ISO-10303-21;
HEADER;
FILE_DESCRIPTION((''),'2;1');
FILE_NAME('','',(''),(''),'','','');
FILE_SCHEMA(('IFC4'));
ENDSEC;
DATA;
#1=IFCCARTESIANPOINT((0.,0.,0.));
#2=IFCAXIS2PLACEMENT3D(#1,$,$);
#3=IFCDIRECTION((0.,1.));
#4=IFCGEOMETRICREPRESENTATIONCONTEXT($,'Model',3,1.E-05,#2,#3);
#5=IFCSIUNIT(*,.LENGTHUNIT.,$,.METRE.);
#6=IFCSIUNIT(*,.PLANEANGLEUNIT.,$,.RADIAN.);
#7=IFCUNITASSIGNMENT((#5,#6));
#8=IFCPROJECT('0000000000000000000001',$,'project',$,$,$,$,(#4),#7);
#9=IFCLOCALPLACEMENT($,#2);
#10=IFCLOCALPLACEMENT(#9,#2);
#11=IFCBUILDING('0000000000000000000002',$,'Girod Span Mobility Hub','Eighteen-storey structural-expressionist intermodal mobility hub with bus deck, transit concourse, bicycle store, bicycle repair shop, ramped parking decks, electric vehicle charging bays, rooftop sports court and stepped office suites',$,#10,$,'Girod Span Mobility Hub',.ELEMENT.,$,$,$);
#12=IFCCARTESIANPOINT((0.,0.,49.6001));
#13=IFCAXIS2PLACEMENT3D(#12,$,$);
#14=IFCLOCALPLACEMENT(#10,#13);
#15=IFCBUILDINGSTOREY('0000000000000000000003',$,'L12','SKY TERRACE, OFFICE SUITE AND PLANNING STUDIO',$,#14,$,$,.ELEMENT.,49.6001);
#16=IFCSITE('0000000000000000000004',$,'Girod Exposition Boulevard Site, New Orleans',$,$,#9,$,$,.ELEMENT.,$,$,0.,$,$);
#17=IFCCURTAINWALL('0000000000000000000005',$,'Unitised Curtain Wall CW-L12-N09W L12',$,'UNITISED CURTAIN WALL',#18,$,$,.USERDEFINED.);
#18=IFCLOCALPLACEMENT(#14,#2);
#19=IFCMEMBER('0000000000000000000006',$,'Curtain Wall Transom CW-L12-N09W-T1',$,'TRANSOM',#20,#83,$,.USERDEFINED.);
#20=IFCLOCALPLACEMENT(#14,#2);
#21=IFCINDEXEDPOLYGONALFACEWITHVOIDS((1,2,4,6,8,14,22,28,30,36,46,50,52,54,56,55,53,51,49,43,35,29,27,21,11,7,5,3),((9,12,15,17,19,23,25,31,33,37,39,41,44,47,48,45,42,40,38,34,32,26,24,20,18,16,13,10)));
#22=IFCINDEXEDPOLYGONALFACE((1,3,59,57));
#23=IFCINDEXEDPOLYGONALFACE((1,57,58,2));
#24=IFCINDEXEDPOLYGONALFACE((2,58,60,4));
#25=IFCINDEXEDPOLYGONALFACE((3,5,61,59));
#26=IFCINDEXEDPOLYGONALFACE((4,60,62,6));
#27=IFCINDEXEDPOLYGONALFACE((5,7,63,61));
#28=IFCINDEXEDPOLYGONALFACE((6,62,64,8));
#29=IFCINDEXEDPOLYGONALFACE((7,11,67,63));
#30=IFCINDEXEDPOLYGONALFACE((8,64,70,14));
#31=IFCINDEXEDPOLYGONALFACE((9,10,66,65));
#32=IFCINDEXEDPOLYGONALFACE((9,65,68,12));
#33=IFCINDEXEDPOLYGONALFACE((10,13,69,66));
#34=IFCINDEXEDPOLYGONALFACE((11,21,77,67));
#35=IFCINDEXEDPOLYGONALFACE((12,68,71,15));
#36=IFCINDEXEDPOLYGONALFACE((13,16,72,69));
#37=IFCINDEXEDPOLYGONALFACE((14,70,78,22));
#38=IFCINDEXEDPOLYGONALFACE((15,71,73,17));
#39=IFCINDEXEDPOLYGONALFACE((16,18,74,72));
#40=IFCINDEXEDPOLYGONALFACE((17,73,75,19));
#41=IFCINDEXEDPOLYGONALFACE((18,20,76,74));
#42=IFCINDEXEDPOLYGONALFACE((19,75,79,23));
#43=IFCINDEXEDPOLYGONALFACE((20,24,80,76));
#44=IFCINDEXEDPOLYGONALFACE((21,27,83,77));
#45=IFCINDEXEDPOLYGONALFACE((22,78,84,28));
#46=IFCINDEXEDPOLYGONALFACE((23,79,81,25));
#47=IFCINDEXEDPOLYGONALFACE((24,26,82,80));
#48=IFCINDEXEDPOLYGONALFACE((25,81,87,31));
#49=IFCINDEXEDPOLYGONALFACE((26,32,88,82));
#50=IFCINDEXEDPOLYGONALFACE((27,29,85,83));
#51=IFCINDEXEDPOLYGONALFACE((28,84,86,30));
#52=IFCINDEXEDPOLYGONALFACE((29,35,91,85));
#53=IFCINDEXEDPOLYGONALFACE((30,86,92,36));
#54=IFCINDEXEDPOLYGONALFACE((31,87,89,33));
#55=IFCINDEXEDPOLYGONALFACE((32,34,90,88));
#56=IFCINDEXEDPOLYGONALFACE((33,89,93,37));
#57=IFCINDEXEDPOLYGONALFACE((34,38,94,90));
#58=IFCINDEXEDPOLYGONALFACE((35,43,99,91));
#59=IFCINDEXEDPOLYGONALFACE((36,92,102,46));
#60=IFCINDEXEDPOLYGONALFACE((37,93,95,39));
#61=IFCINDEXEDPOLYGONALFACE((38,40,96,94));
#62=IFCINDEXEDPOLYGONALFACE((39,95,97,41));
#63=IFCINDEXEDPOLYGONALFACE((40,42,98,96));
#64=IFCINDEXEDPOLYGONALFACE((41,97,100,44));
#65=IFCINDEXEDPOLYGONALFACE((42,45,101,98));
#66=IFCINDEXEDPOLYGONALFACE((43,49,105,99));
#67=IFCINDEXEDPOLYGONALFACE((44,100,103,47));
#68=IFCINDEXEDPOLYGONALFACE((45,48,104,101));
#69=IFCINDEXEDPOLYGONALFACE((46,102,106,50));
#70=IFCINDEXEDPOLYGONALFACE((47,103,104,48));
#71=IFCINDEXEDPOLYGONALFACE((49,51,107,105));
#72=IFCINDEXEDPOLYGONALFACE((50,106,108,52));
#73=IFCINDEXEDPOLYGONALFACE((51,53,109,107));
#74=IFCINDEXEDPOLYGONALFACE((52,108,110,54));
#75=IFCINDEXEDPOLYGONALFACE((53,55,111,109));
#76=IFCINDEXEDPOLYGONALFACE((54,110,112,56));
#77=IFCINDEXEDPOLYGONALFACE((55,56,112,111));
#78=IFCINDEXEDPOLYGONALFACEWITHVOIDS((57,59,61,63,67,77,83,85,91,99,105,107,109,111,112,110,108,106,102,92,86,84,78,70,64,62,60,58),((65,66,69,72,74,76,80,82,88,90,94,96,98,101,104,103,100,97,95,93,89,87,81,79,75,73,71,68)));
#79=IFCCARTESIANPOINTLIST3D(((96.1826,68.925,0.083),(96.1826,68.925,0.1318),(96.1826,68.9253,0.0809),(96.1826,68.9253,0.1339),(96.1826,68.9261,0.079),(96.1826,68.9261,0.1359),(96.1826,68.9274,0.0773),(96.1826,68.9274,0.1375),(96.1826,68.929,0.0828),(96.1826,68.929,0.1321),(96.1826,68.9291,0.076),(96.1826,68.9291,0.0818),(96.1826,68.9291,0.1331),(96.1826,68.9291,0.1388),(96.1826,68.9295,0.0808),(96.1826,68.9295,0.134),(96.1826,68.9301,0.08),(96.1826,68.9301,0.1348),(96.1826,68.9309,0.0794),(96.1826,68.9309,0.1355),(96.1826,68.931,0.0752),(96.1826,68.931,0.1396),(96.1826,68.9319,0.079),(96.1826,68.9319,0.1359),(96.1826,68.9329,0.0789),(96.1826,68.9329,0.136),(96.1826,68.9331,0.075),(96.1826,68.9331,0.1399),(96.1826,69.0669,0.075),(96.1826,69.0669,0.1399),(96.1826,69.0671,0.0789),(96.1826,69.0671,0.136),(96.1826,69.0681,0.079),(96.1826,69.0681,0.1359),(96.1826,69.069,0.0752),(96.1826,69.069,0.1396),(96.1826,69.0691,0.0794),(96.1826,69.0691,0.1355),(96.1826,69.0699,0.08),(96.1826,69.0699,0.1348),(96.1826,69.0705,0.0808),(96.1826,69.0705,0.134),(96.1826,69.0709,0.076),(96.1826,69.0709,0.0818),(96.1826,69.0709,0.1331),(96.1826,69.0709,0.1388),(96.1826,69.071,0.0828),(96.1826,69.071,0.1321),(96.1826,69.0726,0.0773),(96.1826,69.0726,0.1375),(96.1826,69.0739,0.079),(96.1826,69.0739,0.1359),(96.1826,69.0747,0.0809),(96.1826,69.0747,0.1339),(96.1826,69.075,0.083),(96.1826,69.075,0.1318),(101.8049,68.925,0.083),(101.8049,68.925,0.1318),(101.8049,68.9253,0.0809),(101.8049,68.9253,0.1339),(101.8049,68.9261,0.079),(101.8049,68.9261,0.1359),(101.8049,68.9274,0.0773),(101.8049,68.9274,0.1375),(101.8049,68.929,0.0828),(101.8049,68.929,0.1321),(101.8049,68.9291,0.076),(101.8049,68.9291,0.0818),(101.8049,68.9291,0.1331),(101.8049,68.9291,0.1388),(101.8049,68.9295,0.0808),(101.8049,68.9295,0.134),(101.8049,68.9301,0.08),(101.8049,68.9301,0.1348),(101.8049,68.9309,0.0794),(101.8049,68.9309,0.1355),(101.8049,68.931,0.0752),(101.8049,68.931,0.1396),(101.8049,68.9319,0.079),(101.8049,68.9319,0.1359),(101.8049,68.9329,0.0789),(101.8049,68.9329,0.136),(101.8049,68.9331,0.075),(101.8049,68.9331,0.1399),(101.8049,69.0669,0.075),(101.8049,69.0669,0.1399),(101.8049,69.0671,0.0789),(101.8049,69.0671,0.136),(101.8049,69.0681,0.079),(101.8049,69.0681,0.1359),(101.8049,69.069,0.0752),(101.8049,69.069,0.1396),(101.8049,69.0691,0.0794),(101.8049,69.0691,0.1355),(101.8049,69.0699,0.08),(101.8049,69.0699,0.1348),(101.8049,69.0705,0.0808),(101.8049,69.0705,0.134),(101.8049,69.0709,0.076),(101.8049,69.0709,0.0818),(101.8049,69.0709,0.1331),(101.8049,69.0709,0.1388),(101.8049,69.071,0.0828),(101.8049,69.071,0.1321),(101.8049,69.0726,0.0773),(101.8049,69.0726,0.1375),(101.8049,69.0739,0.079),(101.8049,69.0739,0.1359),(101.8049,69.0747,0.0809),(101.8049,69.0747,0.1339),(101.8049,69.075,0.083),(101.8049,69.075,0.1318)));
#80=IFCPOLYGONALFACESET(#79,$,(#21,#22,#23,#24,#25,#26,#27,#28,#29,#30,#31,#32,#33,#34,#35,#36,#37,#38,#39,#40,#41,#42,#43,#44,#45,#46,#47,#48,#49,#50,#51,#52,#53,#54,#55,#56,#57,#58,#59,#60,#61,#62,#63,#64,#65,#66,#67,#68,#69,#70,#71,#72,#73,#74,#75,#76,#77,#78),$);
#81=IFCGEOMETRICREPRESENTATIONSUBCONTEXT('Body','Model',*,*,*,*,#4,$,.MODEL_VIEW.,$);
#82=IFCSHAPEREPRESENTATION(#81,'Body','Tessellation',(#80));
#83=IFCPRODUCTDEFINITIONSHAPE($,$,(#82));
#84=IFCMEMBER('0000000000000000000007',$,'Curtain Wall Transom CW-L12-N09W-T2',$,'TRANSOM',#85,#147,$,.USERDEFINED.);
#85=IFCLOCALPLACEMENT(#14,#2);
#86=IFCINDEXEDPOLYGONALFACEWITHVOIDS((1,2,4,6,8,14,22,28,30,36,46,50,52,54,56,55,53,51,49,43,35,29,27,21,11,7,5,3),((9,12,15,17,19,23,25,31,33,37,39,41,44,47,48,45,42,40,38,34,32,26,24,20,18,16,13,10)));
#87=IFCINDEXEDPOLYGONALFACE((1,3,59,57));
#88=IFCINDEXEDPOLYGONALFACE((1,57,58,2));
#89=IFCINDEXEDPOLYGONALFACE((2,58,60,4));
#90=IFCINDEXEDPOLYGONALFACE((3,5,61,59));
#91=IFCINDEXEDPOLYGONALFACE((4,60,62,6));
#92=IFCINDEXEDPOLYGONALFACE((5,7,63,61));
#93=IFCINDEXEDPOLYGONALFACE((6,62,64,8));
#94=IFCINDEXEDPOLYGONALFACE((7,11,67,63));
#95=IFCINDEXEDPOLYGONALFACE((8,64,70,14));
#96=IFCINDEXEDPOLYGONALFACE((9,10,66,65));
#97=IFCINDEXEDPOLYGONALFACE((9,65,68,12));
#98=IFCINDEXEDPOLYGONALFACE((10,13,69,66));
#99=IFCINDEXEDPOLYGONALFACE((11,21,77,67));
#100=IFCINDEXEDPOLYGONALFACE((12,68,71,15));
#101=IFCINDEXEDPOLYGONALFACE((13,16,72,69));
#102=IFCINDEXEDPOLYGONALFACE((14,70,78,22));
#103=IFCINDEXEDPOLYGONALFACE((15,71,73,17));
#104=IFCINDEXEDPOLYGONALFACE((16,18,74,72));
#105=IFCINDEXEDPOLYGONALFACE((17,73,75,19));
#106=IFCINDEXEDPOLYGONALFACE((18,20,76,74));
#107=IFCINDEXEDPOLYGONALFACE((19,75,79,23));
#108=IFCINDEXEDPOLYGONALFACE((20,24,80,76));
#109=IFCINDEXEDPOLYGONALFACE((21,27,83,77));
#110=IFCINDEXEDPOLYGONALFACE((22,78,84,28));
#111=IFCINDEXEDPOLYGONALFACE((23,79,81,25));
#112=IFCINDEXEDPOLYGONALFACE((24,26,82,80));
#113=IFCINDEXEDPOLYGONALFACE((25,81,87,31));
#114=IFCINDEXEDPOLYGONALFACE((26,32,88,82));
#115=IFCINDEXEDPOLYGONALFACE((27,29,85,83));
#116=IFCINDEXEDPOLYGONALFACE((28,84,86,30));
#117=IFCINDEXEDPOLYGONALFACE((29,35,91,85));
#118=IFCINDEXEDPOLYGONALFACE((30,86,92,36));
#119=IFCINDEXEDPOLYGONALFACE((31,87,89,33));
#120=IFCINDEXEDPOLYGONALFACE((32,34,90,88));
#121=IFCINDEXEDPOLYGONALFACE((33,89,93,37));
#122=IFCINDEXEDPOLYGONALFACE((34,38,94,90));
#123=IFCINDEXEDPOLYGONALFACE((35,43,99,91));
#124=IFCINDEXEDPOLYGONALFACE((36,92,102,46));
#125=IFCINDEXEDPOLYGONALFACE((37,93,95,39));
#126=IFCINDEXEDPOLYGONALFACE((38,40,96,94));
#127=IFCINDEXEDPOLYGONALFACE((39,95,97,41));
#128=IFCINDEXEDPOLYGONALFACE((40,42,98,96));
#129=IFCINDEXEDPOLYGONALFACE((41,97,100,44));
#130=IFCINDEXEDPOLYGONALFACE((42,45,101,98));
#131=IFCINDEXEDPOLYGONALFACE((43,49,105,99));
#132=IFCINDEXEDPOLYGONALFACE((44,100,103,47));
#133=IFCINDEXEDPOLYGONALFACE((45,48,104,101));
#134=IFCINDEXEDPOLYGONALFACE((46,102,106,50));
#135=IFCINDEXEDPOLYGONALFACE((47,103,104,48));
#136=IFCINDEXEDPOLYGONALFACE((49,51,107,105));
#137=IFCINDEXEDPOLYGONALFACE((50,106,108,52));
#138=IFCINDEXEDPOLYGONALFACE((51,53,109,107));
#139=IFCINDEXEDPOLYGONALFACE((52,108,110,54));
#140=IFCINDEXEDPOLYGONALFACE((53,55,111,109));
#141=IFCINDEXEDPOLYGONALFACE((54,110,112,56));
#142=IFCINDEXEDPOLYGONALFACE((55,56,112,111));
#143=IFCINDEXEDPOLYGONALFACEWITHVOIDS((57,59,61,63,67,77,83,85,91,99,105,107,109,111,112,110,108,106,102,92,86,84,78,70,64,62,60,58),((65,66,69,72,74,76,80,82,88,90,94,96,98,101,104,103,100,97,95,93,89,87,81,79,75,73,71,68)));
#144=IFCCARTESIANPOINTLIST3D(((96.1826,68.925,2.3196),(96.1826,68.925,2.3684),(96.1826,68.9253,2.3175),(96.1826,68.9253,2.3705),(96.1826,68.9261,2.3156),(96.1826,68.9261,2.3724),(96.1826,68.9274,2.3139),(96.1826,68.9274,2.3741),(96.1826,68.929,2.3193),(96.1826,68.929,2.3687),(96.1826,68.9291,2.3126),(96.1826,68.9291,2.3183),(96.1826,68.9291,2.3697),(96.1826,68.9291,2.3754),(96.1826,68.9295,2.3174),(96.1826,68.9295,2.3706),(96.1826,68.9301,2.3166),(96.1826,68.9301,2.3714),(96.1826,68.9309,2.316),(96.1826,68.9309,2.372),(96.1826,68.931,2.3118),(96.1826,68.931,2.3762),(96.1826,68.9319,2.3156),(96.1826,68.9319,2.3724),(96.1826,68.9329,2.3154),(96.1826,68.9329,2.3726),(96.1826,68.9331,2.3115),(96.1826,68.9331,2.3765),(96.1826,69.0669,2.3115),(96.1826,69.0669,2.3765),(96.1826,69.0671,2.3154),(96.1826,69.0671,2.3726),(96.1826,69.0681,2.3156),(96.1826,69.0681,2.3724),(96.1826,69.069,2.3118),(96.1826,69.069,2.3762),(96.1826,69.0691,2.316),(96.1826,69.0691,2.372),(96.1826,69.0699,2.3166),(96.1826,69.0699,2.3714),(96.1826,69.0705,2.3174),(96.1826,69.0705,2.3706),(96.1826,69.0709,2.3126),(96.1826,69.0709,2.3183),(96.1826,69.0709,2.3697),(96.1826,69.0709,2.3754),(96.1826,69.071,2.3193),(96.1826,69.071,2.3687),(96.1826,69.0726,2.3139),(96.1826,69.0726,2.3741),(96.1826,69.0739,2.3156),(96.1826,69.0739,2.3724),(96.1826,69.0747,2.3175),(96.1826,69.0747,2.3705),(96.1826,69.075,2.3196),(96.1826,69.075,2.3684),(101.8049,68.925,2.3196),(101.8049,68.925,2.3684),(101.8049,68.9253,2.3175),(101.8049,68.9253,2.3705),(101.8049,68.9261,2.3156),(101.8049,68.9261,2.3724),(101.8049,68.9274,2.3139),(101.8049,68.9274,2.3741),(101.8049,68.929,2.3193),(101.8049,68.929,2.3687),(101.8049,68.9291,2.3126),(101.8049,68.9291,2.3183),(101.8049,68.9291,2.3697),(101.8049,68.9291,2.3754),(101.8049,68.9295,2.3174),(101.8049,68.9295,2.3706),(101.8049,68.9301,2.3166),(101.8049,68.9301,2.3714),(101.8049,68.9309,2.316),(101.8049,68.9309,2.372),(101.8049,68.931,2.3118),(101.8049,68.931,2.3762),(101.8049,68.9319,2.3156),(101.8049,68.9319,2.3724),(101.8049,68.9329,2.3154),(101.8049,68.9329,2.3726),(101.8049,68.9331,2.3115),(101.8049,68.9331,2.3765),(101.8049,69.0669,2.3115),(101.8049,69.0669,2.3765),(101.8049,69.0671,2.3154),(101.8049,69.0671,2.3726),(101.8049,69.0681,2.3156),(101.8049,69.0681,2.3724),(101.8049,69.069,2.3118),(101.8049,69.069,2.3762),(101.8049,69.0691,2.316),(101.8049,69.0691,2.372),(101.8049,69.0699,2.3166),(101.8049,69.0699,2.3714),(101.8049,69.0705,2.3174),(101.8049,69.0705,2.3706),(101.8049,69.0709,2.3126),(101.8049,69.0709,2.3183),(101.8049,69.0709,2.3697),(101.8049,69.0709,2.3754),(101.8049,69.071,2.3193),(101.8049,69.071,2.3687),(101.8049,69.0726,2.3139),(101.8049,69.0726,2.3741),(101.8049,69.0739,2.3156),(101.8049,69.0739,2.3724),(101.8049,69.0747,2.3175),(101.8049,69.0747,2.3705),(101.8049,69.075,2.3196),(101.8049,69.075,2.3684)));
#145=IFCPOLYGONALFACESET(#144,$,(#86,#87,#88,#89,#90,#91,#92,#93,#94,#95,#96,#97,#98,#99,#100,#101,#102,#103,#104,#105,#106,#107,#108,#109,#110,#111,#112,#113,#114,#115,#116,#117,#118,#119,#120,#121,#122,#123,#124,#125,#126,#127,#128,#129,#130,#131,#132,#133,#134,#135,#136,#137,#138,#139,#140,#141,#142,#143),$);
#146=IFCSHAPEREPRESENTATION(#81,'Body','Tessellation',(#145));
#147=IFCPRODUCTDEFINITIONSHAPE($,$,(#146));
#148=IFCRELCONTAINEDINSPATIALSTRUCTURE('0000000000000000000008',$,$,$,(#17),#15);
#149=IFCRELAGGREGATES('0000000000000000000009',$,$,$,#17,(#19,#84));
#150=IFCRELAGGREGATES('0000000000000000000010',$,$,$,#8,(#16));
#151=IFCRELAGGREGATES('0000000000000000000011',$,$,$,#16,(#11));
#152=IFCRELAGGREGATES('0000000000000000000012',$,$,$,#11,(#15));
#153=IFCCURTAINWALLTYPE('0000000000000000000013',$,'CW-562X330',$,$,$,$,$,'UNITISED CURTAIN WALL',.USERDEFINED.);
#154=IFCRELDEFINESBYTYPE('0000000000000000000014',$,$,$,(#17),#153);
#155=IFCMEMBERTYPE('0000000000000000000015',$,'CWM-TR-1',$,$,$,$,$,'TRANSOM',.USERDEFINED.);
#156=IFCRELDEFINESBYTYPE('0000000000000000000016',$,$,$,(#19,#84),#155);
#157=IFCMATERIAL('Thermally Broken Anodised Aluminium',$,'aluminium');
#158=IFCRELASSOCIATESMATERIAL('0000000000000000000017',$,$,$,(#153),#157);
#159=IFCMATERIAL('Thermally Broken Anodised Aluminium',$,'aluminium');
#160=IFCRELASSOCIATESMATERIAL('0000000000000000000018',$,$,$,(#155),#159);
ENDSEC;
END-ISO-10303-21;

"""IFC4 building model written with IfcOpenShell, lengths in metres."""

from ifc_helpers import new_model, si_unit, direction, frame, origin, origin_2d, place, context, subcontext, project, spatial, hollow_rectangle, extrude, material, material_profile, profile_set, type_object, element, aggregate, save


model = new_model("IFC4")

# Units and contexts
model_context = context("Model", 3, precision=1e-05, world=origin(), true_north=direction((0.0, 1.0)))
body_context = subcontext(model_context, "Body", "Model", "MODEL_VIEW")
ifc_project = project(units=[si_unit("LENGTHUNIT", "METRE"), si_unit("PLANEANGLEUNIT", "RADIAN")], contexts=[model_context])

# Site, building, storey
site_placement = place(None, origin())
site = spatial("IfcSite", under=ifc_project, at=site_placement, Name="Girod Exposition Boulevard Site, New Orleans", CompositionType="ELEMENT", RefElevation=0.0)
building_placement = place(site_placement, origin())
building = spatial("IfcBuilding", under=site, at=building_placement, Name="Girod Span Mobility Hub", Description="Eighteen-storey structural-expressionist intermodal mobility hub with bus deck, transit concourse, bicycle store, bicycle repair shop, ramped parking decks, electric vehicle charging bays, rooftop sports court and stepped office suites", LongName="Girod Span Mobility Hub", CompositionType="ELEMENT")
storey_placement = place(building_placement, frame((0.0, 0.0, 49.6001)))
storey = spatial("IfcBuildingStorey", under=building, at=storey_placement, Name="L12", Description="SKY TERRACE, OFFICE SUITE AND PLANNING STUDIO", CompositionType="ELEMENT", Elevation=49.6001)

# Curtain wall
ifc_material_1 = material(Name="Thermally Broken Anodised Aluminium", Category="aluminium")
curtain_wall_type = type_object("IfcCurtainWallType", Name="CW-562X330", ElementType="UNITISED CURTAIN WALL", PredefinedType="USERDEFINED", material=ifc_material_1)
curtain_wall_1_placement = place(storey_placement, origin())
curtain_wall_1 = element("IfcCurtainWall", 1, at=curtain_wall_1_placement, inside=storey, type_object=curtain_wall_type, Name="Unitised Curtain Wall CW-L12-N09W L12", ObjectType="UNITISED CURTAIN WALL", PredefinedType="USERDEFINED")

# Members
ifc_material_2 = material(Name="Thermally Broken Anodised Aluminium", Category="aluminium")
ifc_material_profile_1 = material_profile(ifc_material_2, hollow_rectangle(XDim=0.1499, YDim=0.0649, WallThickness=0.0039, InnerFilletRadius=0.0039, OuterFilletRadius=0.0081, at=origin_2d()), Name="CW-TR-65X150")
ifc_profile_set_1 = profile_set([ifc_material_profile_1], Name="Thermally Broken Anodised Aluminium")
member_type_1 = type_object("IfcMemberType", Name="CWM-TR-1", ElementType="TRANSOM", PredefinedType="USERDEFINED", material=ifc_profile_set_1)
member_1_placement = place(storey_placement, frame((96.1826, 69.0, 0.1074), z_axis=(1.0, 0.0, 0.0), x_axis=(0.0, 1.0, 0.0)))
member_1 = element("IfcMember", 2, at=member_1_placement, type_object=member_type_1, Name="Curtain Wall Transom CW-L12-N09W-T1", ObjectType="TRANSOM", PredefinedType="USERDEFINED", context=body_context, shape_type="SweptSolid", body=[
    extrude(hollow_rectangle(XDim=0.1499, YDim=0.0649, WallThickness=0.0039, InnerFilletRadius=0.0039, OuterFilletRadius=0.0081, at=origin_2d()), origin(), (0.0, 0.0, 1.0), 5.6223),
])
member_2_placement = place(storey_placement, frame((96.1826, 69.0, 2.344), z_axis=(1.0, 0.0, 0.0), x_axis=(0.0, 1.0, 0.0)))
member_2 = element("IfcMember", 3, at=member_2_placement, type_object=member_type_1, Name="Curtain Wall Transom CW-L12-N09W-T2", ObjectType="TRANSOM", PredefinedType="USERDEFINED", context=body_context, shape_type="SweptSolid", body=[
    extrude(hollow_rectangle(XDim=0.1499, YDim=0.0649, WallThickness=0.0039, InnerFilletRadius=0.0039, OuterFilletRadius=0.0081, at=origin_2d()), origin(), (0.0, 0.0, 1.0), 5.6223),
])

aggregate(curtain_wall_1, [member_1, member_2])

save(model, "model.ifc")
